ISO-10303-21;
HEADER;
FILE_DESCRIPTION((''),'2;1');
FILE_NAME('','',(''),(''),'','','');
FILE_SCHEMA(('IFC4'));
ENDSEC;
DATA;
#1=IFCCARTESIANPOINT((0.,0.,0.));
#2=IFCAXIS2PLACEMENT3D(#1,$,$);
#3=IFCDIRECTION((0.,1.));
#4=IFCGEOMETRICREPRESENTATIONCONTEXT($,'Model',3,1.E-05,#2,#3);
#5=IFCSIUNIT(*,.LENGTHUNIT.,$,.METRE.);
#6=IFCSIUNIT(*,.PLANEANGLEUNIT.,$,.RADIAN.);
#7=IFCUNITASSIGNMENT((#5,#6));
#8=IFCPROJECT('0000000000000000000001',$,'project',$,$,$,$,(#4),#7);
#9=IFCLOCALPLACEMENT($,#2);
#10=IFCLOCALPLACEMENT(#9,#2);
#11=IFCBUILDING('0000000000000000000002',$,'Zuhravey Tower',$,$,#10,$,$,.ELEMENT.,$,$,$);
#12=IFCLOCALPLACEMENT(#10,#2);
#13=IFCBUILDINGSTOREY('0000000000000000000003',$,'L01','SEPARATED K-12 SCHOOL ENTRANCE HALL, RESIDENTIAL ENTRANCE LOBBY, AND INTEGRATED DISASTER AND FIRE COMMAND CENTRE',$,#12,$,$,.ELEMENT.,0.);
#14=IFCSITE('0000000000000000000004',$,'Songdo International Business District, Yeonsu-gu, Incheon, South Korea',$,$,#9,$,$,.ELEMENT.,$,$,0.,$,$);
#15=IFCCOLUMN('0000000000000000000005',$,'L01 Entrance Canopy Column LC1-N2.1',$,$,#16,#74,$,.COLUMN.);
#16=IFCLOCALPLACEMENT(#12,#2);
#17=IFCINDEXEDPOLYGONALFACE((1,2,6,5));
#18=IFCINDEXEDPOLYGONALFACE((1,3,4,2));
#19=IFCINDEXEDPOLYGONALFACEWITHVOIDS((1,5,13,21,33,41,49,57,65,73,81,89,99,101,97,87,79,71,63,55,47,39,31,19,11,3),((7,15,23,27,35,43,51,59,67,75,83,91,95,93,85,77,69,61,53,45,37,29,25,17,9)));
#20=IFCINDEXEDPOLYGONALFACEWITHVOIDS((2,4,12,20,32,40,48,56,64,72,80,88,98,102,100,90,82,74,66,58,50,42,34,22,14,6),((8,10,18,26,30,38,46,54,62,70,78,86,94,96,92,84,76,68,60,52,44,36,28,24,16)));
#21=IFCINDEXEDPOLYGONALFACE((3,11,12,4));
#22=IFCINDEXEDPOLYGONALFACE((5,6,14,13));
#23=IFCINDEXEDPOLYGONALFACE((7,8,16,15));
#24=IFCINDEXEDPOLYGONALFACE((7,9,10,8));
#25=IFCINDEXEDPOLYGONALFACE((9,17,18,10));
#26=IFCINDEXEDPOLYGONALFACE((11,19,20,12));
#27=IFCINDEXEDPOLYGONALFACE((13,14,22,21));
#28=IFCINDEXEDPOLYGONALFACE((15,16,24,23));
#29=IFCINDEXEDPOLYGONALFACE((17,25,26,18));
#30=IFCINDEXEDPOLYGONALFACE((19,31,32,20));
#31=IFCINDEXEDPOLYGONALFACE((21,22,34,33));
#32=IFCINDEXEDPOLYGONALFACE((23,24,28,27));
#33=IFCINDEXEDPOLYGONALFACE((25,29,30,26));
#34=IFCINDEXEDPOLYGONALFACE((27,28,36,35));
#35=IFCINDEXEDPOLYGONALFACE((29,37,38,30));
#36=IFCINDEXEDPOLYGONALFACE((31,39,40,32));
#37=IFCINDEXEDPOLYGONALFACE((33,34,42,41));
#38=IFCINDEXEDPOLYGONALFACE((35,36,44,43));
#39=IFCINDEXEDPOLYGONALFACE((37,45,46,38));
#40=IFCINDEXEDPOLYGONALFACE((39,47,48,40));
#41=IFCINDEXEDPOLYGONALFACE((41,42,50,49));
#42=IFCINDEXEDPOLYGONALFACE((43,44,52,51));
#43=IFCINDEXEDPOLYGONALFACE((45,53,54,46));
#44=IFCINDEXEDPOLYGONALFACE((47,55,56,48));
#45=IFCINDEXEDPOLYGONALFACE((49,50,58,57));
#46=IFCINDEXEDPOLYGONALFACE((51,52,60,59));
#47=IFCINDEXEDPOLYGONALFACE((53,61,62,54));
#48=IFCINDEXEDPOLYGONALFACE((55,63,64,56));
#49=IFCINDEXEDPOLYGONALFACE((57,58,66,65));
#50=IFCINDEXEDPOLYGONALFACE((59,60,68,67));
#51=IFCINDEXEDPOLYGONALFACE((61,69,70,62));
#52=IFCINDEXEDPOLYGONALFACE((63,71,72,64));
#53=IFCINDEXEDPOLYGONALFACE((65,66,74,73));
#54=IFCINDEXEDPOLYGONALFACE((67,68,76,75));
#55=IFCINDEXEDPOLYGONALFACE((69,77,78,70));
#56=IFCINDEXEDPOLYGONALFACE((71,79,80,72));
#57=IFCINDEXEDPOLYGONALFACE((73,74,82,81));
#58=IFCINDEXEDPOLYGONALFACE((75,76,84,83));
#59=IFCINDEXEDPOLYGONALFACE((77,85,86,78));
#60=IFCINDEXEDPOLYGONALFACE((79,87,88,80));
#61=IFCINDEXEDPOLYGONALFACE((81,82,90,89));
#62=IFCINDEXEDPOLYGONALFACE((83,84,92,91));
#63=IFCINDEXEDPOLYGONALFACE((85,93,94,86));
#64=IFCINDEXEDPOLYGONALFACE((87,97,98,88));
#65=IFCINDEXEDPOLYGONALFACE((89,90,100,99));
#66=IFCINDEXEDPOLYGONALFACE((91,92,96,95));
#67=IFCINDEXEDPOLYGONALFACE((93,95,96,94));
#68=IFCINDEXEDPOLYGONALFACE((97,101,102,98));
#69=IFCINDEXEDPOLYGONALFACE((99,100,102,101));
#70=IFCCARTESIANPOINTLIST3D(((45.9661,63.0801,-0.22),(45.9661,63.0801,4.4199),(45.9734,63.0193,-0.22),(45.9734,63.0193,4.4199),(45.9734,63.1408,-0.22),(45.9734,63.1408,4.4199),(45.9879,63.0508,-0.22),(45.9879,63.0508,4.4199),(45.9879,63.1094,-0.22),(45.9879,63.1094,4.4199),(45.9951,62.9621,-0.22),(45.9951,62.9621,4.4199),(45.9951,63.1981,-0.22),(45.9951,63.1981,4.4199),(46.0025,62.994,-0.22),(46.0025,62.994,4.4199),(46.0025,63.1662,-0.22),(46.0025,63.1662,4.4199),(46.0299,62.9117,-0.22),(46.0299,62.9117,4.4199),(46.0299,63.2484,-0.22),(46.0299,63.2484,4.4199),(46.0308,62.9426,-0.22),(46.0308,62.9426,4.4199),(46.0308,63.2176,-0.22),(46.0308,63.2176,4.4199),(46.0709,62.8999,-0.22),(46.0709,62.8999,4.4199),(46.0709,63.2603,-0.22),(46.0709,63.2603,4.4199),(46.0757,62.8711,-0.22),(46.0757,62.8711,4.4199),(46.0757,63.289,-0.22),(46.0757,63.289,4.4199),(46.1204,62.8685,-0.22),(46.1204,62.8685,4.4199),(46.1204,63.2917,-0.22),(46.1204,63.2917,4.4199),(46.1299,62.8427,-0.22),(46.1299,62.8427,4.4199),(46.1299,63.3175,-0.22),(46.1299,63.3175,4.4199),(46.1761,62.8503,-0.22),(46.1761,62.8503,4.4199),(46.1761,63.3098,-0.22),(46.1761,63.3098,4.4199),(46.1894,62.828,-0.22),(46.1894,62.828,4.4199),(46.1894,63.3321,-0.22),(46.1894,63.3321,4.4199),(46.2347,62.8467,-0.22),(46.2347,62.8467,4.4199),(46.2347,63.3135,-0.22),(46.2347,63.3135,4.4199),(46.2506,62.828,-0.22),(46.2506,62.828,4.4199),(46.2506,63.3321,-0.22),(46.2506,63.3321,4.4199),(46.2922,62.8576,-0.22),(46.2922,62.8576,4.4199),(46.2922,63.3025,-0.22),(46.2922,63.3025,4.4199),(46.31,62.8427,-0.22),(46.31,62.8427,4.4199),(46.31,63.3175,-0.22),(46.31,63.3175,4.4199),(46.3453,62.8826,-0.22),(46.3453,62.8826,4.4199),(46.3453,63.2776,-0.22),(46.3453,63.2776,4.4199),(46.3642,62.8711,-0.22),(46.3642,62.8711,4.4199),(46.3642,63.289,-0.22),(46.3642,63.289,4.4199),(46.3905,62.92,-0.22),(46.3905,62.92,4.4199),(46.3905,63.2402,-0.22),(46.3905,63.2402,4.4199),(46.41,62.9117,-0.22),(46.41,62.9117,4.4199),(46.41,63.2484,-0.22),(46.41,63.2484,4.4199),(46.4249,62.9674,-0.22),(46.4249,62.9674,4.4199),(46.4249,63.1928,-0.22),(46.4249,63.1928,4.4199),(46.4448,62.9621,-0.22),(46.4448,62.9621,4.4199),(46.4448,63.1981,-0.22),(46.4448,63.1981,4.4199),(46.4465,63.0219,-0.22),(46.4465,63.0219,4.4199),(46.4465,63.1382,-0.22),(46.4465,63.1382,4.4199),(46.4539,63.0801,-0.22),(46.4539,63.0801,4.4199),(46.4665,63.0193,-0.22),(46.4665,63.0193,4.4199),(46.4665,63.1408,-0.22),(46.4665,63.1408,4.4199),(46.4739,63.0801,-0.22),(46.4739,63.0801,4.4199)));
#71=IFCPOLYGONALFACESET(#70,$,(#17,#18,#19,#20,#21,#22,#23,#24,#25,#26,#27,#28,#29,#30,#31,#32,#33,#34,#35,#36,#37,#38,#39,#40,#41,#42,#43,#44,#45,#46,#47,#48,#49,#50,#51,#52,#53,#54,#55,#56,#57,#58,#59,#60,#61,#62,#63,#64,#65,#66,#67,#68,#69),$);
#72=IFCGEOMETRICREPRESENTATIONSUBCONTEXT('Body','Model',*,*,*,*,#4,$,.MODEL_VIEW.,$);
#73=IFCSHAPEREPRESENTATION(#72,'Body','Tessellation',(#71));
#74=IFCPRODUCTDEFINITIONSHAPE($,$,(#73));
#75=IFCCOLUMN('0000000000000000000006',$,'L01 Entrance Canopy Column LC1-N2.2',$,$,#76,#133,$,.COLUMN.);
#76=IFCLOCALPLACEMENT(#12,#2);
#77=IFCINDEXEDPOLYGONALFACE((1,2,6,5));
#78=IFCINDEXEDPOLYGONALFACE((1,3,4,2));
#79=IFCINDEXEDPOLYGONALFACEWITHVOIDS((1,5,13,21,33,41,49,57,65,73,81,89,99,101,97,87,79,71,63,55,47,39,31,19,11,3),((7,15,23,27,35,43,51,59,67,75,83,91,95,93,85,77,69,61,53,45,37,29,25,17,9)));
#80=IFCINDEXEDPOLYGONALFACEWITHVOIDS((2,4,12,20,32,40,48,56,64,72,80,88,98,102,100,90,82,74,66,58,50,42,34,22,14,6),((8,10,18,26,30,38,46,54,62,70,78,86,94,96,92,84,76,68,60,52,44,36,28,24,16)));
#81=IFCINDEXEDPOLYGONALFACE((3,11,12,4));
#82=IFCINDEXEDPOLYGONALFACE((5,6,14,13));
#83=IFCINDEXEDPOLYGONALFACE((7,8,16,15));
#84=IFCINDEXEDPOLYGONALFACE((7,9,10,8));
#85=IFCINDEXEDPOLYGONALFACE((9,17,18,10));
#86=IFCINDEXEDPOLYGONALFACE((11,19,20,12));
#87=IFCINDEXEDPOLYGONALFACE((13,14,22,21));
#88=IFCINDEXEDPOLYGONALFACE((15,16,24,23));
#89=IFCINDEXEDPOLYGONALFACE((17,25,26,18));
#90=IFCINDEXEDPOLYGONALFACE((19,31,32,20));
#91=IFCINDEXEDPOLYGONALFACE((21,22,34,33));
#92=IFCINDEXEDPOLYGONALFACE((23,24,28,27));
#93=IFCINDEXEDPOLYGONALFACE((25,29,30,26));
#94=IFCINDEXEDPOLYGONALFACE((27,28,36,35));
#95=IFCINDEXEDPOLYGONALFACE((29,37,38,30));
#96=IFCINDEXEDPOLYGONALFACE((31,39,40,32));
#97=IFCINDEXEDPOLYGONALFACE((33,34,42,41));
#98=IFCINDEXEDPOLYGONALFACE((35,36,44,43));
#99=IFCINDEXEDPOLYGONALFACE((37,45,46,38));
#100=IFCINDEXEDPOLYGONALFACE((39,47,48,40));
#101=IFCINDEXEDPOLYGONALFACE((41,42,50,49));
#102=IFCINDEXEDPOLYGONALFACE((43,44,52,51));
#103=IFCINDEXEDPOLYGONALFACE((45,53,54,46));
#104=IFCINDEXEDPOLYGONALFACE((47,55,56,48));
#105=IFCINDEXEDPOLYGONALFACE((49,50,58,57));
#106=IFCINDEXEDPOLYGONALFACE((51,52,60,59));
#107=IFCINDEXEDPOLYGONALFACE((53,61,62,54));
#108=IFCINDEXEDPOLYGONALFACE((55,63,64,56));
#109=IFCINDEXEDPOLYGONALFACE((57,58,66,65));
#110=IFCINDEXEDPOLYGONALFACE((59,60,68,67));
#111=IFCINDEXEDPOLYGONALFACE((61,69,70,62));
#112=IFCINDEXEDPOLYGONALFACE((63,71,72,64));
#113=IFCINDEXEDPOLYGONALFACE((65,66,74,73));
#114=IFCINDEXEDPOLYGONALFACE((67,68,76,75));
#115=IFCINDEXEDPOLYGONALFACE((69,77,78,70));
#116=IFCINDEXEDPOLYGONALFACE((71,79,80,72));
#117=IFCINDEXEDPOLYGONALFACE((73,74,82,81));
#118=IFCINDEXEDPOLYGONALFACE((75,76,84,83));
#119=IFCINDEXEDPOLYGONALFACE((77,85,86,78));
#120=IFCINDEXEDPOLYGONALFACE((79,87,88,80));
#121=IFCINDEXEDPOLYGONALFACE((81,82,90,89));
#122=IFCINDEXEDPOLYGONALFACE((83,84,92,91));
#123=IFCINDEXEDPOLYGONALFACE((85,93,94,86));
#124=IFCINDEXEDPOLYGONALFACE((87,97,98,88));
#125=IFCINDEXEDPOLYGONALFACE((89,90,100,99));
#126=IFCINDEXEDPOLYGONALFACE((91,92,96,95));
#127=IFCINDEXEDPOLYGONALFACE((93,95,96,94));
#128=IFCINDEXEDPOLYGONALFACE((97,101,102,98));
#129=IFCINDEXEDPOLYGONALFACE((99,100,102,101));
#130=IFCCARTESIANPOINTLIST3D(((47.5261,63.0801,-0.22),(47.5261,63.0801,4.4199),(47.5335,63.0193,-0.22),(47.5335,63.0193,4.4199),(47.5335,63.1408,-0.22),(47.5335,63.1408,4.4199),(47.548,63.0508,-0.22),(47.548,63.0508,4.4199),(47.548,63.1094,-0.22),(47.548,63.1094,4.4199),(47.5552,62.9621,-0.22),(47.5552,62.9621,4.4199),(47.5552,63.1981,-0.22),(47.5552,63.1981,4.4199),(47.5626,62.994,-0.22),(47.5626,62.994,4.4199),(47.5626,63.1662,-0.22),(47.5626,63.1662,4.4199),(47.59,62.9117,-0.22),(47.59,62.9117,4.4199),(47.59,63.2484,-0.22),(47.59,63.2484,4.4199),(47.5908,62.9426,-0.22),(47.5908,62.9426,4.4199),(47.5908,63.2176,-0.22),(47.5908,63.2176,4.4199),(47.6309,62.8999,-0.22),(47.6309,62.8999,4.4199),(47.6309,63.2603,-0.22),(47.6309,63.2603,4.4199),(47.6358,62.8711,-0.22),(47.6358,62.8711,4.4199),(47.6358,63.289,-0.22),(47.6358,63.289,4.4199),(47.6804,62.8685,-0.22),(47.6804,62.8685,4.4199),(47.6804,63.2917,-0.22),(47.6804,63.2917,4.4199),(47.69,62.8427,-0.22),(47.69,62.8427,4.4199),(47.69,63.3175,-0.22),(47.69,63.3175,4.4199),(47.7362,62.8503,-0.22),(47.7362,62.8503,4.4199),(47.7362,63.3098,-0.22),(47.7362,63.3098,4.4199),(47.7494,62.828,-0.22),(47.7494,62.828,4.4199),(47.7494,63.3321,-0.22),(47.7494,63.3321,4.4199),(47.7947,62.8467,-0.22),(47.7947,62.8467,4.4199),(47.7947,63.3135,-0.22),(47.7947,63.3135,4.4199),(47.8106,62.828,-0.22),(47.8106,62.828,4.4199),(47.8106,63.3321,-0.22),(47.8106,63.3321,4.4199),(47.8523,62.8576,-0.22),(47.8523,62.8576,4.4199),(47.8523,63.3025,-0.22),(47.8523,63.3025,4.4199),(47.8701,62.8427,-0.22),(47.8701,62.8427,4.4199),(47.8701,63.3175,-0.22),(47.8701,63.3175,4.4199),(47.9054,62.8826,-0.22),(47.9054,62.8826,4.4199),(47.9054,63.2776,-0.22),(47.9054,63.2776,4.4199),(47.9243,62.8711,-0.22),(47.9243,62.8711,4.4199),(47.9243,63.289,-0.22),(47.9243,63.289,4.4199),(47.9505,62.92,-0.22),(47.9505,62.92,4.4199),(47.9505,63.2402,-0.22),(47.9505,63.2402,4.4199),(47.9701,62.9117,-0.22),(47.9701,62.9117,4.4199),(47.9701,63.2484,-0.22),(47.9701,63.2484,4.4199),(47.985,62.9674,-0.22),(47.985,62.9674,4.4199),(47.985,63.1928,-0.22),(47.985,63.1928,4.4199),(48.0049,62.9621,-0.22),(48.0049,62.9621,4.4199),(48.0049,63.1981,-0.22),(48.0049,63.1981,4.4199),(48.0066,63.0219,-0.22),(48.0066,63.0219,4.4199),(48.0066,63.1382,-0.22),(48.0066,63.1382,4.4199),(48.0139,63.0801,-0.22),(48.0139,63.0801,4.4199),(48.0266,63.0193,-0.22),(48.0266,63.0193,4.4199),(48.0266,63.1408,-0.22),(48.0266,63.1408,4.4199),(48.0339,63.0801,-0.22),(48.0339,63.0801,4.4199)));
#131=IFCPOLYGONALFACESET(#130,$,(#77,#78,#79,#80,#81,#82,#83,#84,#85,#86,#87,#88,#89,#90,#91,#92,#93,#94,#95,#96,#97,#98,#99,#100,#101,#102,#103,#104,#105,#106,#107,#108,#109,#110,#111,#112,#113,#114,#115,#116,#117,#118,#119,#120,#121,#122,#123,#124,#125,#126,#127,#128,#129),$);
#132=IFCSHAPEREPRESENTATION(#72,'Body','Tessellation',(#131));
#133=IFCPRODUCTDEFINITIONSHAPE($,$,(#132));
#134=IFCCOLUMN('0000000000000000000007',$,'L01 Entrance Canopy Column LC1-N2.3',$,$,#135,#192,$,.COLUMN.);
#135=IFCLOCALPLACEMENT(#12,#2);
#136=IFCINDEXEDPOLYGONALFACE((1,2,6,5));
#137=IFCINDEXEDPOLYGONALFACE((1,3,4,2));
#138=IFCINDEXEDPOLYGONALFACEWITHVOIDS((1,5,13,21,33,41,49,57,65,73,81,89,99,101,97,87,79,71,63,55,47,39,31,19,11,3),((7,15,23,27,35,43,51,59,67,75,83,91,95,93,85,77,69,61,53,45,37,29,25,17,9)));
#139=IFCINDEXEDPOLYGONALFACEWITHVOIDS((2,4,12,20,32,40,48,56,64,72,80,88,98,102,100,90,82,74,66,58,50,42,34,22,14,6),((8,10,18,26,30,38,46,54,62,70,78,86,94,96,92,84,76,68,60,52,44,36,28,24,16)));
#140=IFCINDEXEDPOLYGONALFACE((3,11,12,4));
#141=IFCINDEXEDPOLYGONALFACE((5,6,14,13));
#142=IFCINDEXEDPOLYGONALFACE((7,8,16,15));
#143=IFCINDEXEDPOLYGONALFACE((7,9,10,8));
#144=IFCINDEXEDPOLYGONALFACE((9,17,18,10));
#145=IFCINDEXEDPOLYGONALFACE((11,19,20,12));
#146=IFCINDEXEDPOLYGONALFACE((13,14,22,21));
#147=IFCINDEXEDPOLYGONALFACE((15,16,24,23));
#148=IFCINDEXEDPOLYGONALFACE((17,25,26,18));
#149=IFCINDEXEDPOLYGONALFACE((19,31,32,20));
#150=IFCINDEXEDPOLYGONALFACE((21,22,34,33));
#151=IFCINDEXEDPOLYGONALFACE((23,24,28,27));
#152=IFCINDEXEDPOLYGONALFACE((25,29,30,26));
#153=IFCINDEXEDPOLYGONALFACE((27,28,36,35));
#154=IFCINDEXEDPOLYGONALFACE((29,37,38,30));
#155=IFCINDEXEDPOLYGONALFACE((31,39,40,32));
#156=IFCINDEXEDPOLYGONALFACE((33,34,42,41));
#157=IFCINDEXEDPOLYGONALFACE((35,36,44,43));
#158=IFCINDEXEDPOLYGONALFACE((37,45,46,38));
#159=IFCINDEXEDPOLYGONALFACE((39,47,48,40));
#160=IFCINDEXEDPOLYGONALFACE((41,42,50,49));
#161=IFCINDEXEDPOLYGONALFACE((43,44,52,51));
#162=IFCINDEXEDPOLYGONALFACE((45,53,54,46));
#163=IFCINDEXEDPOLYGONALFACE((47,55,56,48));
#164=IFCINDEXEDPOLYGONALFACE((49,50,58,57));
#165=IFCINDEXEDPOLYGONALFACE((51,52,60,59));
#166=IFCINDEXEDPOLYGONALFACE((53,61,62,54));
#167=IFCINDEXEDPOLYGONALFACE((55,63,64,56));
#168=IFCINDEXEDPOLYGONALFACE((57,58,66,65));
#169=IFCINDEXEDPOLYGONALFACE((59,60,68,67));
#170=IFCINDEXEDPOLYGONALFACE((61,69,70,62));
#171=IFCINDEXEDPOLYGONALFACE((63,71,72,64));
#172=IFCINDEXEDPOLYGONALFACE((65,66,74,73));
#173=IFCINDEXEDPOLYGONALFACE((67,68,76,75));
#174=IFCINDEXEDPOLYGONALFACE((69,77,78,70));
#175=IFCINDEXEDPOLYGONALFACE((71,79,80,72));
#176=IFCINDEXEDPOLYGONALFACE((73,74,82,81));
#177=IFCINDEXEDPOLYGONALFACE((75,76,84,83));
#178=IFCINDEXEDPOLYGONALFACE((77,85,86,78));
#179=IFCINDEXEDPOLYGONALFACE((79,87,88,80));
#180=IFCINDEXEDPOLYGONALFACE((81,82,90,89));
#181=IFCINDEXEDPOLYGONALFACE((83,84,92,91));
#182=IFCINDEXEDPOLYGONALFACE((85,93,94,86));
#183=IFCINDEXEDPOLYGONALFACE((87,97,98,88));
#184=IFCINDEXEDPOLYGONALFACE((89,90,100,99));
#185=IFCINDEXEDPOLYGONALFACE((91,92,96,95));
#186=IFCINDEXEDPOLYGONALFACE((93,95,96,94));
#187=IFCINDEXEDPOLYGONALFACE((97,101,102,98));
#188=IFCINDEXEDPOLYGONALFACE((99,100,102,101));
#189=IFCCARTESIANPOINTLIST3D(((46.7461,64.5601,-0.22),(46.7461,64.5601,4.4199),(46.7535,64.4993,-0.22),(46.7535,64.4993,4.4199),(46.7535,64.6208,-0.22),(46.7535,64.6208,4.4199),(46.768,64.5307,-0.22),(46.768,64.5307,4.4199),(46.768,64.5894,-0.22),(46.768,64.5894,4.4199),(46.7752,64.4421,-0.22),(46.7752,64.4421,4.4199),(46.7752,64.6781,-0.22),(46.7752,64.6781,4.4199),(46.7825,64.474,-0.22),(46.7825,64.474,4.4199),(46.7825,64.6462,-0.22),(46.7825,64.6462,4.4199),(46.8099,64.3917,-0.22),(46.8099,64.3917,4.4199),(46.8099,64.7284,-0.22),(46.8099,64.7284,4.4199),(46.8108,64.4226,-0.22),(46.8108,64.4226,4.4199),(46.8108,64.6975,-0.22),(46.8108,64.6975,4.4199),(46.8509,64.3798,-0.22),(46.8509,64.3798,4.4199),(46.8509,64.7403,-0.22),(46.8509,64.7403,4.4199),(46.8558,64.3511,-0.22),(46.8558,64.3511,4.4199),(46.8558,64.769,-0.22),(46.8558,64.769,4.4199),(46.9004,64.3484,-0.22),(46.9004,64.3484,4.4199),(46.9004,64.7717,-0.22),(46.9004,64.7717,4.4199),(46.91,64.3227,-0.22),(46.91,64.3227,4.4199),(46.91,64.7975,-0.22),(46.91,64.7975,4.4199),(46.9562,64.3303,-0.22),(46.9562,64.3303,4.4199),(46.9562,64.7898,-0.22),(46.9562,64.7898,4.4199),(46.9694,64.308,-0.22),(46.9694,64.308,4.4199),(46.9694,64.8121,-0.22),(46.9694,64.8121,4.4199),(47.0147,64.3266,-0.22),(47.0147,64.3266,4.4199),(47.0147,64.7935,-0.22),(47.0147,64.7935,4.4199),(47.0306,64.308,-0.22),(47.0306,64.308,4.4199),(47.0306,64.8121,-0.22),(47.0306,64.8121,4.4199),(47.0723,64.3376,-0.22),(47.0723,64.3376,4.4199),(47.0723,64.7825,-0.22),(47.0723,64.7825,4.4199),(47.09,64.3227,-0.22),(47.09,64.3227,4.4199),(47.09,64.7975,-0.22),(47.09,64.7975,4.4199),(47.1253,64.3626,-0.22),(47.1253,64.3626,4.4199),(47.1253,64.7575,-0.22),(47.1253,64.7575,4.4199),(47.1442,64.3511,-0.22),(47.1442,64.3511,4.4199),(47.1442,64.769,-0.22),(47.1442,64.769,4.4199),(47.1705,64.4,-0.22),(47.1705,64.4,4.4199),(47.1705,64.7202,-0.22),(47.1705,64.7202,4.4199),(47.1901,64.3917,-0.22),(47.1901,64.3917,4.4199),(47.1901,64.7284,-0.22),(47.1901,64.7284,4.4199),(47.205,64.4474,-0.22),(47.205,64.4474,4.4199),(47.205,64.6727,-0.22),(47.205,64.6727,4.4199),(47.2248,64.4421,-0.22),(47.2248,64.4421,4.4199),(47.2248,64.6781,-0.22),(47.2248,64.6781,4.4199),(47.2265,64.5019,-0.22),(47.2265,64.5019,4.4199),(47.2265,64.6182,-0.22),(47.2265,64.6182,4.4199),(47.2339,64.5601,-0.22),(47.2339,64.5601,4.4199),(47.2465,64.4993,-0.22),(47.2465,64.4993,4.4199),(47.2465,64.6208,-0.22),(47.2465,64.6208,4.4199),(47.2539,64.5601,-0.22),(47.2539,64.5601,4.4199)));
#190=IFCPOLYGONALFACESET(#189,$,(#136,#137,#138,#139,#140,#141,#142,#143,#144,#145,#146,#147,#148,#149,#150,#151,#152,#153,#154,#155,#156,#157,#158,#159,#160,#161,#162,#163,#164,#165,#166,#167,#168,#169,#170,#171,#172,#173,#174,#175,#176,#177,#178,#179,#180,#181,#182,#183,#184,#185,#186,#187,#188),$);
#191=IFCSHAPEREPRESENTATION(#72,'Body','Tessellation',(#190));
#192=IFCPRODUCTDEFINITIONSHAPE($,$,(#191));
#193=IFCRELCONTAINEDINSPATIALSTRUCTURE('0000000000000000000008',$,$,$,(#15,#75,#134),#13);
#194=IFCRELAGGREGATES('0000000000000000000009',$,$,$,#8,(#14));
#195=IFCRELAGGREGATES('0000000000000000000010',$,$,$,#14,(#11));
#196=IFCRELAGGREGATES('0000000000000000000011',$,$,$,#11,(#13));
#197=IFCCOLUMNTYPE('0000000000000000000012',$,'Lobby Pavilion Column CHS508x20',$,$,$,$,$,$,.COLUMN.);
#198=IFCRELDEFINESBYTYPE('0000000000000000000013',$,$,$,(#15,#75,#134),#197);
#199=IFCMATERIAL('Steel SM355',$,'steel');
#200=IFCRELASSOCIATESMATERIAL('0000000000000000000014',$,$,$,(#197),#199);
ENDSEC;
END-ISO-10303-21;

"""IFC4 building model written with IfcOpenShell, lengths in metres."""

from ifc_helpers import new_model, si_unit, direction, frame, origin, origin_2d, place, context, subcontext, project, spatial, hollow_circle, extrude, material, material_profile, profile_set, type_object, element, save


model = new_model("IFC4")

# Units and contexts
model_context = context("Model", 3, precision=1e-05, world=origin(), true_north=direction((0.0, 1.0)))
body_context = subcontext(model_context, "Body", "Model", "MODEL_VIEW")
ifc_project = project(units=[si_unit("LENGTHUNIT", "METRE"), si_unit("PLANEANGLEUNIT", "RADIAN")], contexts=[model_context])

# Site, building, storey
site_placement = place(None, origin())
site = spatial("IfcSite", under=ifc_project, at=site_placement, Name="Songdo International Business District, Yeonsu-gu, Incheon, South Korea", CompositionType="ELEMENT", RefElevation=0.0)
building_placement = place(site_placement, origin())
building = spatial("IfcBuilding", under=site, at=building_placement, Name="Zuhravey Tower", CompositionType="ELEMENT")
storey_placement = place(building_placement, origin())
storey = spatial("IfcBuildingStorey", under=building, at=storey_placement, Name="L01", Description="SEPARATED K-12 SCHOOL ENTRANCE HALL, RESIDENTIAL ENTRANCE LOBBY, AND INTEGRATED DISASTER AND FIRE COMMAND CENTRE", CompositionType="ELEMENT", Elevation=0.0)

# Columns
ifc_material_1 = material(Name="Steel SM355", Category="steel")
ifc_material_profile_1 = material_profile(ifc_material_1, hollow_circle(Radius=0.2539, WallThickness=0.02, at=origin_2d()), Name="CHS-508x20")
ifc_profile_set_1 = profile_set([ifc_material_profile_1], Name="Steel SM355")
column_type_1 = type_object("IfcColumnType", Name="Lobby Pavilion Column CHS508x20", PredefinedType="COLUMN", material=ifc_profile_set_1)
for number, where, z_axis, x_axis, name in (
    (1, (46.22, 63.0801, -0.22), (0.0, 0.0, 1.0), (1.0, 0.0, 0.0), "L01 Entrance Canopy Column LC1-N2.1"),
    (2, (47.78, 63.0801, -0.22), (0.0, 0.0, 1.0), (1.0, 0.0, 0.0), "L01 Entrance Canopy Column LC1-N2.2"),
    (3, (47.0, 64.5601, -0.22), (0.0, 0.0, 1.0), (1.0, 0.0, 0.0), "L01 Entrance Canopy Column LC1-N2.3"),
):
    element("IfcColumn", number, at=place(storey_placement, frame(where, z_axis=z_axis, x_axis=x_axis)), inside=storey, type_object=column_type_1, Name=name, PredefinedType="COLUMN", context=body_context, shape_type="SweptSolid", body=[
        extrude(hollow_circle(Radius=0.2539, WallThickness=0.02, at=origin_2d()), origin(), (0.0, 0.0, 1.0), 4.6399),
    ])

save(model, "model.ifc")
